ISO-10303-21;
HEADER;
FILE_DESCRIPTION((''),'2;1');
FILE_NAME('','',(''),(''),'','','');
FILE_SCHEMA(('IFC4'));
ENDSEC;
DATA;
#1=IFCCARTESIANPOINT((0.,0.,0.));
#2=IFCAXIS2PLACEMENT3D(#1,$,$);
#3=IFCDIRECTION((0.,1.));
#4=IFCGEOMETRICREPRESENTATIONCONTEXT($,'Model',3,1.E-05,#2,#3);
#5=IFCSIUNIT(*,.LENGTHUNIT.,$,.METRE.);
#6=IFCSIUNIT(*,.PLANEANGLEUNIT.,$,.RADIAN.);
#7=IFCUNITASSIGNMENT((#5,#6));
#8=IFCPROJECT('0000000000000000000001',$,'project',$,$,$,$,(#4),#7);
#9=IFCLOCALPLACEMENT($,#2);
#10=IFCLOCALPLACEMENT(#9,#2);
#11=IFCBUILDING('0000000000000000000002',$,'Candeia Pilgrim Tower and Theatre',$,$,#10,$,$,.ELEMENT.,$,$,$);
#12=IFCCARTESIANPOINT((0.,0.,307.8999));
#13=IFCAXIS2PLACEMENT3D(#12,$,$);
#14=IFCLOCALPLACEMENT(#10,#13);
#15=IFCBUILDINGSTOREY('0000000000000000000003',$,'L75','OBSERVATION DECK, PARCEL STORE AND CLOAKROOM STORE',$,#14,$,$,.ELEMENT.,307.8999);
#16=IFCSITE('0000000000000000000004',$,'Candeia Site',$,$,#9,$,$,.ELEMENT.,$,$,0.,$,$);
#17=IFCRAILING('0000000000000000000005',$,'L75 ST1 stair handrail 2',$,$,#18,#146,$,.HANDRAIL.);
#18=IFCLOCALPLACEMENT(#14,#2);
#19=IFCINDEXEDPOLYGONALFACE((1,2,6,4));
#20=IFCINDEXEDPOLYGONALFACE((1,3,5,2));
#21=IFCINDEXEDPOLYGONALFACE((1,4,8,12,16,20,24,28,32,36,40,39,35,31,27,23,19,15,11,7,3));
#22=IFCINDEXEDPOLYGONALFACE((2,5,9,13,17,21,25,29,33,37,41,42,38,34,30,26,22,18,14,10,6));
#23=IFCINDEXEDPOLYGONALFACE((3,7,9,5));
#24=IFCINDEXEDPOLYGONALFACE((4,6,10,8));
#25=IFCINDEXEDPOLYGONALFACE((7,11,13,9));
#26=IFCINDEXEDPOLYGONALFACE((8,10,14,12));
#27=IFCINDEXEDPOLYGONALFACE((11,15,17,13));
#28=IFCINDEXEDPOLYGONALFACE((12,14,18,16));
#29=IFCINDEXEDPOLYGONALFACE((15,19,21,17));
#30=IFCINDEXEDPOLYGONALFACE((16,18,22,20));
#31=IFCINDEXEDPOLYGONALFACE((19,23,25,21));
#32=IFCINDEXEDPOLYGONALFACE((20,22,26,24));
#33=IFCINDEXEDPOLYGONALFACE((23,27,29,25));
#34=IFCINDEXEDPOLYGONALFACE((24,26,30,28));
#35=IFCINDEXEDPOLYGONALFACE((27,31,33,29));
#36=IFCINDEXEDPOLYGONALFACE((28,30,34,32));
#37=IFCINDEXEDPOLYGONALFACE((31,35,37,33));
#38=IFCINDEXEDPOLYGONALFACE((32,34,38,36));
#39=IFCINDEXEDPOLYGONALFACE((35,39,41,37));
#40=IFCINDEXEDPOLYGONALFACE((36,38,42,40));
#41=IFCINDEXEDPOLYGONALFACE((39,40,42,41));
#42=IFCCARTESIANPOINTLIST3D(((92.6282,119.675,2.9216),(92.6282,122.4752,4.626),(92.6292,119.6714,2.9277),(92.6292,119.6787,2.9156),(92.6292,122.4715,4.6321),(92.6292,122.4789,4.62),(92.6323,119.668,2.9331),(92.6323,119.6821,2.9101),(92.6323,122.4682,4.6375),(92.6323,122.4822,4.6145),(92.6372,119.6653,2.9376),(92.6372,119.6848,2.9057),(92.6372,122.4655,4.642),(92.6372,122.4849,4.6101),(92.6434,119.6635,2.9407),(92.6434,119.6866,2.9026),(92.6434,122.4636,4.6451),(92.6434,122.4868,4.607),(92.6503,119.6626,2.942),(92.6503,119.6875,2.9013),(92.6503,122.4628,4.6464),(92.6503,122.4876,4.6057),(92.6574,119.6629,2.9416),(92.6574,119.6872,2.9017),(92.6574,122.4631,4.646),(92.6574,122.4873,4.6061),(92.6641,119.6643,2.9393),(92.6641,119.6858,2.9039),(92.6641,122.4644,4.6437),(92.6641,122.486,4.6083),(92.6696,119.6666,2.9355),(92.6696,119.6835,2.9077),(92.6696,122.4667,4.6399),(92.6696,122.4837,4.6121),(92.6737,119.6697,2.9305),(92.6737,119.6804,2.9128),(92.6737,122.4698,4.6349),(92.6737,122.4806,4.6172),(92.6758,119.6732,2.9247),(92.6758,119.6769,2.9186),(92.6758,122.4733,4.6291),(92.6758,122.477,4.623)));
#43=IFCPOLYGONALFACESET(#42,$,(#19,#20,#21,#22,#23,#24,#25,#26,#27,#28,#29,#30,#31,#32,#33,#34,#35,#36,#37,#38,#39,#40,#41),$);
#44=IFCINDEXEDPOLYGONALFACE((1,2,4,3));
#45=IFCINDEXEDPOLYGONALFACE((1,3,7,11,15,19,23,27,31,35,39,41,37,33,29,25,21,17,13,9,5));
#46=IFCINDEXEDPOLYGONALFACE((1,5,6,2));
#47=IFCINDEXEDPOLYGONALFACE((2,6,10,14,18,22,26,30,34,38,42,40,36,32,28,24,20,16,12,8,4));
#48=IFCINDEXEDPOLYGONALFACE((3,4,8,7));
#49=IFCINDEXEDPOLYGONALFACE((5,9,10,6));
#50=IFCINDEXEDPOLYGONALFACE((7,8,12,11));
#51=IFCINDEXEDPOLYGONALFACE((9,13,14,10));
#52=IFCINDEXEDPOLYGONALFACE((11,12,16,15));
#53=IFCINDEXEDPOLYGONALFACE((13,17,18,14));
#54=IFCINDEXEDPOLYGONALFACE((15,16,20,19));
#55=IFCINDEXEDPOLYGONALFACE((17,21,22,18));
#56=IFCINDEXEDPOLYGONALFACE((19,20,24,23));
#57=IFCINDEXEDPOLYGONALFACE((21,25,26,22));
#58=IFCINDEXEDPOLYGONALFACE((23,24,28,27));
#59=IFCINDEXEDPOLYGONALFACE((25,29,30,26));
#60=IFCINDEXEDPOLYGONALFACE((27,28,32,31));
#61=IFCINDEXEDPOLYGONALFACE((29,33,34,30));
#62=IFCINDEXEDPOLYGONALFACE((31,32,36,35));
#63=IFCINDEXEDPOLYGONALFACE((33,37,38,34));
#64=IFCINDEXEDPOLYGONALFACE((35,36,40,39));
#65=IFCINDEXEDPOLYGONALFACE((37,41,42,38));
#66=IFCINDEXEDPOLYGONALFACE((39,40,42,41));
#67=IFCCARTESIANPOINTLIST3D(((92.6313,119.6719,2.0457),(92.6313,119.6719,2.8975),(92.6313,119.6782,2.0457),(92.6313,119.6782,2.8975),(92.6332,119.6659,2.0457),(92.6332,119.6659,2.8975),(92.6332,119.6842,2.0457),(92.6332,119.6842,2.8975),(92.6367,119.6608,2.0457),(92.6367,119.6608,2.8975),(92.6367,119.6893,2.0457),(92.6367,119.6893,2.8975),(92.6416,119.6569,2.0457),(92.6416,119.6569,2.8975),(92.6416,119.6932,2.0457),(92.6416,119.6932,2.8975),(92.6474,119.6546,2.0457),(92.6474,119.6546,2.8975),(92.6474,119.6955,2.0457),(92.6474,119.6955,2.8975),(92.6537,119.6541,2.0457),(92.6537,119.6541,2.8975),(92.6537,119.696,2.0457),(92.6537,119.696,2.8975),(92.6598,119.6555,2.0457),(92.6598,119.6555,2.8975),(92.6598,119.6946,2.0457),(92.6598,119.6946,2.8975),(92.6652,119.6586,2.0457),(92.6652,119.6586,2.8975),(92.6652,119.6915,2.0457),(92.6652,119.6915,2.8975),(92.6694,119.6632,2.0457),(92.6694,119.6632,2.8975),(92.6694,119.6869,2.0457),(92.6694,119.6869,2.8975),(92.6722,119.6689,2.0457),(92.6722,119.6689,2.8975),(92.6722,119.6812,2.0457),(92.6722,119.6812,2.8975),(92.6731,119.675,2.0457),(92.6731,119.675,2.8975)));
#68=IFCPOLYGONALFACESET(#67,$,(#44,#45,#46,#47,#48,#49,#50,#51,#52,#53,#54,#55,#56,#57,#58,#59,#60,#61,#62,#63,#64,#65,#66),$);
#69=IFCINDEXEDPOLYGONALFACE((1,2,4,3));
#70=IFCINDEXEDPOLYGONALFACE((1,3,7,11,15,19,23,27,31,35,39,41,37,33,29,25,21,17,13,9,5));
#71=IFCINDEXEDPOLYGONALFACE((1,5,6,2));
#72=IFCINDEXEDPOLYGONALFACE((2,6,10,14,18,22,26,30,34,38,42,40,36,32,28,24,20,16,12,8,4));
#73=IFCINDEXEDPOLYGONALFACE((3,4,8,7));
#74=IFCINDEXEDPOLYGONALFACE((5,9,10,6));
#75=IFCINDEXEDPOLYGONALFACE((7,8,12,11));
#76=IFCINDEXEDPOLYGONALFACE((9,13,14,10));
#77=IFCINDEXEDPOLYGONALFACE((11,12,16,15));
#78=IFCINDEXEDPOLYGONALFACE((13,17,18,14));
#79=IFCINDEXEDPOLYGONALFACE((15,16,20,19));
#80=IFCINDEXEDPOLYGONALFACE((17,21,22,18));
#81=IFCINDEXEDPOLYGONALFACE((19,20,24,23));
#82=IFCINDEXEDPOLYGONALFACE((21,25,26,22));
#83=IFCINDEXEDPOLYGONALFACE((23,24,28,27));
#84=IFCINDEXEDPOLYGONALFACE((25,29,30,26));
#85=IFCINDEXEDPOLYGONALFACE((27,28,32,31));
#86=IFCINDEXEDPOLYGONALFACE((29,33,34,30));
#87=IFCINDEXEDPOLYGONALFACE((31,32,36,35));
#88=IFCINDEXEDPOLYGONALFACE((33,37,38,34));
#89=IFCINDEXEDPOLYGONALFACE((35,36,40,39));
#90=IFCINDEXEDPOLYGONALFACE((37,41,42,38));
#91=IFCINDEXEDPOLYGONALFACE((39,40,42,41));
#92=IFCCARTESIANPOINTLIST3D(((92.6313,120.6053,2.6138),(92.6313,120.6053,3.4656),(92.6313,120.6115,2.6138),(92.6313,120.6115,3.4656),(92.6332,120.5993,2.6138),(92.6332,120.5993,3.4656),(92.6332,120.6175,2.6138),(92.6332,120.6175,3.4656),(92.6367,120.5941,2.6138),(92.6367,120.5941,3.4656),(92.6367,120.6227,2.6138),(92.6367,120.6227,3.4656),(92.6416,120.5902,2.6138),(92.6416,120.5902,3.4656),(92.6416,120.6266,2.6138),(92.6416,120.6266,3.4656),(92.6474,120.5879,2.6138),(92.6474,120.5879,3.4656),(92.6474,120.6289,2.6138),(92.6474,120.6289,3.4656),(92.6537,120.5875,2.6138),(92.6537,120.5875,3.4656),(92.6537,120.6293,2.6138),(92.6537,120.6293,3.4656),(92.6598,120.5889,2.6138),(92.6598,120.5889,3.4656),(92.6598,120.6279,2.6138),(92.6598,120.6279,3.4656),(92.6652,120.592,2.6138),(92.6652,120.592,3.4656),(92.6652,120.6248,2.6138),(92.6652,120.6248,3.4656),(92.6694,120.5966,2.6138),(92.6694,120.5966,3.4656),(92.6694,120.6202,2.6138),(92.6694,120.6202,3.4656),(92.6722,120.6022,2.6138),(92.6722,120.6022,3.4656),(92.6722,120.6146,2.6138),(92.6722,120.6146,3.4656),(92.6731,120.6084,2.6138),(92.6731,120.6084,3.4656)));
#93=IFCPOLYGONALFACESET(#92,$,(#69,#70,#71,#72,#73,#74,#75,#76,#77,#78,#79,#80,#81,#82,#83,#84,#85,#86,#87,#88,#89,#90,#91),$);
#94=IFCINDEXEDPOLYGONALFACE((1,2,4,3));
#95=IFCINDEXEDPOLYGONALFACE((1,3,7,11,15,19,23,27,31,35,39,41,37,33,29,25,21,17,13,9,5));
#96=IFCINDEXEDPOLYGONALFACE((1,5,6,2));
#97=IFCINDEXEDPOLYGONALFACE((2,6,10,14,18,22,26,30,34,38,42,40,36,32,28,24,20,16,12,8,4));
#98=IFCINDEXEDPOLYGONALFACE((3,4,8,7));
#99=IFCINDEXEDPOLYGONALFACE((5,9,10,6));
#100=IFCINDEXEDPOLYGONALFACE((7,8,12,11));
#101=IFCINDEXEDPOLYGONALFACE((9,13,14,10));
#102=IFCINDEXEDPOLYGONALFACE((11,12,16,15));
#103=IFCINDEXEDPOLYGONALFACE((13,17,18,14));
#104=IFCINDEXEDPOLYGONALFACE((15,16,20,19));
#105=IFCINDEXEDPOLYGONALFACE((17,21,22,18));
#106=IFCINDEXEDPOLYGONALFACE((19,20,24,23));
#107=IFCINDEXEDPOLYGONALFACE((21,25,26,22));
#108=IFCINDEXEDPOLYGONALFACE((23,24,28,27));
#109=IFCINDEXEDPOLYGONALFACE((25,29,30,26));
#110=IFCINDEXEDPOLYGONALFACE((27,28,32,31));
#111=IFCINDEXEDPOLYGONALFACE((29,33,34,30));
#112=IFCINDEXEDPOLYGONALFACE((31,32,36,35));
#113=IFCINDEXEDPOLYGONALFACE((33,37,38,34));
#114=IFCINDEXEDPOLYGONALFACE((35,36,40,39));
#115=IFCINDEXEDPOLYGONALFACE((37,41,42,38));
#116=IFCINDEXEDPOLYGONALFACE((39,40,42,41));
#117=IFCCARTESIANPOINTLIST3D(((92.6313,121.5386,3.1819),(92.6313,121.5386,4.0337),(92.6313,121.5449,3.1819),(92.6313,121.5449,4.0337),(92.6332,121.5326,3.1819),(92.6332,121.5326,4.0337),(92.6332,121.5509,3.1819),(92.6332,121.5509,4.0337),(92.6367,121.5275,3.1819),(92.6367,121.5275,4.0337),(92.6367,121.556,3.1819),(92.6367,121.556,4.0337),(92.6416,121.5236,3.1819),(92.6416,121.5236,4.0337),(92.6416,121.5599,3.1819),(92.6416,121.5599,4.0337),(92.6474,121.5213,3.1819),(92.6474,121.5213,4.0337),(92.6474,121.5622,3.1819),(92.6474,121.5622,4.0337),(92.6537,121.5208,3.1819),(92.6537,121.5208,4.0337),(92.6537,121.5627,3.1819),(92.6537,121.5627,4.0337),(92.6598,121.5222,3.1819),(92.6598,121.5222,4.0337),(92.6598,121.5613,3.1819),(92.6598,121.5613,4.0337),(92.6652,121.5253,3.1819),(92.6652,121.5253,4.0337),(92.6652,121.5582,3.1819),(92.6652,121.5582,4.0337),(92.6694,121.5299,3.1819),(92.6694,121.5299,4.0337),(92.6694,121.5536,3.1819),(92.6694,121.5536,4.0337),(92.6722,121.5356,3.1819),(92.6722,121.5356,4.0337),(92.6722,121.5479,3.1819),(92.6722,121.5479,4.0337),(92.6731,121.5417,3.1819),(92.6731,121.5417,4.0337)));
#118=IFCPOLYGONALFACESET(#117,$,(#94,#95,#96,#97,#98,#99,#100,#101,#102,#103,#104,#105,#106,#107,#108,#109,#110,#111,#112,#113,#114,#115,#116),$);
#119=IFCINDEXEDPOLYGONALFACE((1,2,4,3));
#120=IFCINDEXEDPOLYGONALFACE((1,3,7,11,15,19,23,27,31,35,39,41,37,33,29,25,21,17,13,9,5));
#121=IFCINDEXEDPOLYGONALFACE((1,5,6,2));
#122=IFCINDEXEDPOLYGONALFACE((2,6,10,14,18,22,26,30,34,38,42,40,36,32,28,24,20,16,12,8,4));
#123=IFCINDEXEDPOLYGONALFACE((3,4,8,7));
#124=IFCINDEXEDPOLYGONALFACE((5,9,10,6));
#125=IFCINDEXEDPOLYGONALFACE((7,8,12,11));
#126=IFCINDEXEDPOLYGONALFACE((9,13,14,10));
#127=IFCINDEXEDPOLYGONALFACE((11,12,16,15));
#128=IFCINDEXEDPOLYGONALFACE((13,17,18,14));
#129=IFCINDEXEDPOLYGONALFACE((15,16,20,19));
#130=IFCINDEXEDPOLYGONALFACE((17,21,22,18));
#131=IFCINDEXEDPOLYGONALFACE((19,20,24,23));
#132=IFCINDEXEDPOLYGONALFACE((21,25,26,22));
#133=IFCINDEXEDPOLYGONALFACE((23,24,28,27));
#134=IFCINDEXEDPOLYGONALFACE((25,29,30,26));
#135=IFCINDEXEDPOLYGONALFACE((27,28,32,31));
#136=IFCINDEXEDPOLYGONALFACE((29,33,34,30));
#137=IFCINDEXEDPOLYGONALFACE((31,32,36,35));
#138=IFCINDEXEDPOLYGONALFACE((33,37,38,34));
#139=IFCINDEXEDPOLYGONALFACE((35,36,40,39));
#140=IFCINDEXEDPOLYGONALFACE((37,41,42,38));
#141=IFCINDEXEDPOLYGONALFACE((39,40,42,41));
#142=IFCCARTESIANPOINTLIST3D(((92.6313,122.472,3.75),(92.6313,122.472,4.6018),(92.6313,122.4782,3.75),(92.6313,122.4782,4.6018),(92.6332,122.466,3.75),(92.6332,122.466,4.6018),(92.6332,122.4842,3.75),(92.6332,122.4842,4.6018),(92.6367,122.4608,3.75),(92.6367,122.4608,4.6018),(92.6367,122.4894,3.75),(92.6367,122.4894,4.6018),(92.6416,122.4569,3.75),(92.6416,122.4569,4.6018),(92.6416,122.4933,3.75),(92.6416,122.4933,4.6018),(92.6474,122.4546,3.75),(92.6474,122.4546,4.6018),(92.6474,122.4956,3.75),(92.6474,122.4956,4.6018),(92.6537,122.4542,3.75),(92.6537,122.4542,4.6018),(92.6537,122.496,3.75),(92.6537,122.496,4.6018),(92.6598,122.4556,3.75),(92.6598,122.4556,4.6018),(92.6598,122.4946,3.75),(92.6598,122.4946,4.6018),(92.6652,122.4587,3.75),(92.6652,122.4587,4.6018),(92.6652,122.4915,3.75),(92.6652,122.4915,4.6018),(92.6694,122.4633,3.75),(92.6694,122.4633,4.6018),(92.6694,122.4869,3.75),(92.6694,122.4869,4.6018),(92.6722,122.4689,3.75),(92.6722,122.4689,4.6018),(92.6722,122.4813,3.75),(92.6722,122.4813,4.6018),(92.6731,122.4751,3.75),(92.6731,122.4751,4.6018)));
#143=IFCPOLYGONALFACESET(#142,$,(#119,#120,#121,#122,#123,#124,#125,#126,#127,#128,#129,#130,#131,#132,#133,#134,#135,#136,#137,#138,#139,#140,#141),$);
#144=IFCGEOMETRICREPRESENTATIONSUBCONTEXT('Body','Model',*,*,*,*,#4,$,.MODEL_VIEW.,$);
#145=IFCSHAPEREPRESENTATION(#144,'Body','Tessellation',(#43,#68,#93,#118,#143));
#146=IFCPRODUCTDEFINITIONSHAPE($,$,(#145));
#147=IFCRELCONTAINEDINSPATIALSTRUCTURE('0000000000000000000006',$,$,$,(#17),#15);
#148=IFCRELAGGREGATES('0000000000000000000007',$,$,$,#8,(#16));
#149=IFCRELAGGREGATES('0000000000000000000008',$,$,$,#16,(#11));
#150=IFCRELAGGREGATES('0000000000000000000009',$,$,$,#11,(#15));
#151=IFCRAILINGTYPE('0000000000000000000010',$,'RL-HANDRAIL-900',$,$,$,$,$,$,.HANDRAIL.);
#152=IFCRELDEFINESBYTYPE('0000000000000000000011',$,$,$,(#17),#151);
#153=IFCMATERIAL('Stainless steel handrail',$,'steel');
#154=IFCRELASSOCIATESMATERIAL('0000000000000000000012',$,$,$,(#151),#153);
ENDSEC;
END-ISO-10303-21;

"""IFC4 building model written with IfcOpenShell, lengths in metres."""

from ifc_helpers import new_model, si_unit, direction, frame, origin, origin_2d, place, context, subcontext, project, spatial, circle, extrude, material, type_object, element, save


model = new_model("IFC4")

# Units and contexts
model_context = context("Model", 3, precision=1e-05, world=origin(), true_north=direction((0.0, 1.0)))
body_context = subcontext(model_context, "Body", "Model", "MODEL_VIEW")
ifc_project = project(units=[si_unit("LENGTHUNIT", "METRE"), si_unit("PLANEANGLEUNIT", "RADIAN")], contexts=[model_context])

# Site, building, storey
site_placement = place(None, origin())
site = spatial("IfcSite", under=ifc_project, at=site_placement, Name="Candeia Site", CompositionType="ELEMENT", RefElevation=0.0)
building_placement = place(site_placement, origin())
building = spatial("IfcBuilding", under=site, at=building_placement, Name="Candeia Pilgrim Tower and Theatre", CompositionType="ELEMENT")
storey_placement = place(building_placement, frame((0.0, 0.0, 307.8999)))
storey = spatial("IfcBuildingStorey", under=building, at=storey_placement, Name="L75", Description="OBSERVATION DECK, PARCEL STORE AND CLOAKROOM STORE", CompositionType="ELEMENT", Elevation=307.8999)

# Railing
ifc_material_1 = material(Name="Stainless steel handrail", Category="steel")
railing_type = type_object("IfcRailingType", Name="RL-HANDRAIL-900", PredefinedType="HANDRAIL", material=ifc_material_1)
for number, where, name in (
    (1, (92.6521, 119.675, 2.0457), "L75 ST1 stair handrail 2"),
):
    element("IfcRailing", number, at=place(storey_placement, frame(where)), inside=storey, type_object=railing_type, Name=name, PredefinedType="HANDRAIL", context=body_context, shape_type="SweptSolid", body=[
        extrude(circle(Radius=0.0239, at=origin_2d()), frame((0.0, 0.0, 0.876), z_axis=(0.0, 0.854203, 0.51994), x_axis=(-1.0, 0.0, 0.0)), (0.0, 0.0, 1.0), 3.2781),
        extrude(circle(Radius=0.021, at=origin_2d()), origin(), (0.0, 0.0, 1.0), 0.8518),
        extrude(circle(Radius=0.021, at=origin_2d()), frame((0.0, 0.9333, 0.5681)), (0.0, 0.0, 1.0), 0.8518),
        extrude(circle(Radius=0.021, at=origin_2d()), frame((0.0, 1.8667, 1.1362)), (0.0, 0.0, 1.0), 0.8518),
        extrude(circle(Radius=0.021, at=origin_2d()), frame((0.0, 2.8, 1.7043)), (0.0, 0.0, 1.0), 0.8518),
    ])

save(model, "model.ifc")
